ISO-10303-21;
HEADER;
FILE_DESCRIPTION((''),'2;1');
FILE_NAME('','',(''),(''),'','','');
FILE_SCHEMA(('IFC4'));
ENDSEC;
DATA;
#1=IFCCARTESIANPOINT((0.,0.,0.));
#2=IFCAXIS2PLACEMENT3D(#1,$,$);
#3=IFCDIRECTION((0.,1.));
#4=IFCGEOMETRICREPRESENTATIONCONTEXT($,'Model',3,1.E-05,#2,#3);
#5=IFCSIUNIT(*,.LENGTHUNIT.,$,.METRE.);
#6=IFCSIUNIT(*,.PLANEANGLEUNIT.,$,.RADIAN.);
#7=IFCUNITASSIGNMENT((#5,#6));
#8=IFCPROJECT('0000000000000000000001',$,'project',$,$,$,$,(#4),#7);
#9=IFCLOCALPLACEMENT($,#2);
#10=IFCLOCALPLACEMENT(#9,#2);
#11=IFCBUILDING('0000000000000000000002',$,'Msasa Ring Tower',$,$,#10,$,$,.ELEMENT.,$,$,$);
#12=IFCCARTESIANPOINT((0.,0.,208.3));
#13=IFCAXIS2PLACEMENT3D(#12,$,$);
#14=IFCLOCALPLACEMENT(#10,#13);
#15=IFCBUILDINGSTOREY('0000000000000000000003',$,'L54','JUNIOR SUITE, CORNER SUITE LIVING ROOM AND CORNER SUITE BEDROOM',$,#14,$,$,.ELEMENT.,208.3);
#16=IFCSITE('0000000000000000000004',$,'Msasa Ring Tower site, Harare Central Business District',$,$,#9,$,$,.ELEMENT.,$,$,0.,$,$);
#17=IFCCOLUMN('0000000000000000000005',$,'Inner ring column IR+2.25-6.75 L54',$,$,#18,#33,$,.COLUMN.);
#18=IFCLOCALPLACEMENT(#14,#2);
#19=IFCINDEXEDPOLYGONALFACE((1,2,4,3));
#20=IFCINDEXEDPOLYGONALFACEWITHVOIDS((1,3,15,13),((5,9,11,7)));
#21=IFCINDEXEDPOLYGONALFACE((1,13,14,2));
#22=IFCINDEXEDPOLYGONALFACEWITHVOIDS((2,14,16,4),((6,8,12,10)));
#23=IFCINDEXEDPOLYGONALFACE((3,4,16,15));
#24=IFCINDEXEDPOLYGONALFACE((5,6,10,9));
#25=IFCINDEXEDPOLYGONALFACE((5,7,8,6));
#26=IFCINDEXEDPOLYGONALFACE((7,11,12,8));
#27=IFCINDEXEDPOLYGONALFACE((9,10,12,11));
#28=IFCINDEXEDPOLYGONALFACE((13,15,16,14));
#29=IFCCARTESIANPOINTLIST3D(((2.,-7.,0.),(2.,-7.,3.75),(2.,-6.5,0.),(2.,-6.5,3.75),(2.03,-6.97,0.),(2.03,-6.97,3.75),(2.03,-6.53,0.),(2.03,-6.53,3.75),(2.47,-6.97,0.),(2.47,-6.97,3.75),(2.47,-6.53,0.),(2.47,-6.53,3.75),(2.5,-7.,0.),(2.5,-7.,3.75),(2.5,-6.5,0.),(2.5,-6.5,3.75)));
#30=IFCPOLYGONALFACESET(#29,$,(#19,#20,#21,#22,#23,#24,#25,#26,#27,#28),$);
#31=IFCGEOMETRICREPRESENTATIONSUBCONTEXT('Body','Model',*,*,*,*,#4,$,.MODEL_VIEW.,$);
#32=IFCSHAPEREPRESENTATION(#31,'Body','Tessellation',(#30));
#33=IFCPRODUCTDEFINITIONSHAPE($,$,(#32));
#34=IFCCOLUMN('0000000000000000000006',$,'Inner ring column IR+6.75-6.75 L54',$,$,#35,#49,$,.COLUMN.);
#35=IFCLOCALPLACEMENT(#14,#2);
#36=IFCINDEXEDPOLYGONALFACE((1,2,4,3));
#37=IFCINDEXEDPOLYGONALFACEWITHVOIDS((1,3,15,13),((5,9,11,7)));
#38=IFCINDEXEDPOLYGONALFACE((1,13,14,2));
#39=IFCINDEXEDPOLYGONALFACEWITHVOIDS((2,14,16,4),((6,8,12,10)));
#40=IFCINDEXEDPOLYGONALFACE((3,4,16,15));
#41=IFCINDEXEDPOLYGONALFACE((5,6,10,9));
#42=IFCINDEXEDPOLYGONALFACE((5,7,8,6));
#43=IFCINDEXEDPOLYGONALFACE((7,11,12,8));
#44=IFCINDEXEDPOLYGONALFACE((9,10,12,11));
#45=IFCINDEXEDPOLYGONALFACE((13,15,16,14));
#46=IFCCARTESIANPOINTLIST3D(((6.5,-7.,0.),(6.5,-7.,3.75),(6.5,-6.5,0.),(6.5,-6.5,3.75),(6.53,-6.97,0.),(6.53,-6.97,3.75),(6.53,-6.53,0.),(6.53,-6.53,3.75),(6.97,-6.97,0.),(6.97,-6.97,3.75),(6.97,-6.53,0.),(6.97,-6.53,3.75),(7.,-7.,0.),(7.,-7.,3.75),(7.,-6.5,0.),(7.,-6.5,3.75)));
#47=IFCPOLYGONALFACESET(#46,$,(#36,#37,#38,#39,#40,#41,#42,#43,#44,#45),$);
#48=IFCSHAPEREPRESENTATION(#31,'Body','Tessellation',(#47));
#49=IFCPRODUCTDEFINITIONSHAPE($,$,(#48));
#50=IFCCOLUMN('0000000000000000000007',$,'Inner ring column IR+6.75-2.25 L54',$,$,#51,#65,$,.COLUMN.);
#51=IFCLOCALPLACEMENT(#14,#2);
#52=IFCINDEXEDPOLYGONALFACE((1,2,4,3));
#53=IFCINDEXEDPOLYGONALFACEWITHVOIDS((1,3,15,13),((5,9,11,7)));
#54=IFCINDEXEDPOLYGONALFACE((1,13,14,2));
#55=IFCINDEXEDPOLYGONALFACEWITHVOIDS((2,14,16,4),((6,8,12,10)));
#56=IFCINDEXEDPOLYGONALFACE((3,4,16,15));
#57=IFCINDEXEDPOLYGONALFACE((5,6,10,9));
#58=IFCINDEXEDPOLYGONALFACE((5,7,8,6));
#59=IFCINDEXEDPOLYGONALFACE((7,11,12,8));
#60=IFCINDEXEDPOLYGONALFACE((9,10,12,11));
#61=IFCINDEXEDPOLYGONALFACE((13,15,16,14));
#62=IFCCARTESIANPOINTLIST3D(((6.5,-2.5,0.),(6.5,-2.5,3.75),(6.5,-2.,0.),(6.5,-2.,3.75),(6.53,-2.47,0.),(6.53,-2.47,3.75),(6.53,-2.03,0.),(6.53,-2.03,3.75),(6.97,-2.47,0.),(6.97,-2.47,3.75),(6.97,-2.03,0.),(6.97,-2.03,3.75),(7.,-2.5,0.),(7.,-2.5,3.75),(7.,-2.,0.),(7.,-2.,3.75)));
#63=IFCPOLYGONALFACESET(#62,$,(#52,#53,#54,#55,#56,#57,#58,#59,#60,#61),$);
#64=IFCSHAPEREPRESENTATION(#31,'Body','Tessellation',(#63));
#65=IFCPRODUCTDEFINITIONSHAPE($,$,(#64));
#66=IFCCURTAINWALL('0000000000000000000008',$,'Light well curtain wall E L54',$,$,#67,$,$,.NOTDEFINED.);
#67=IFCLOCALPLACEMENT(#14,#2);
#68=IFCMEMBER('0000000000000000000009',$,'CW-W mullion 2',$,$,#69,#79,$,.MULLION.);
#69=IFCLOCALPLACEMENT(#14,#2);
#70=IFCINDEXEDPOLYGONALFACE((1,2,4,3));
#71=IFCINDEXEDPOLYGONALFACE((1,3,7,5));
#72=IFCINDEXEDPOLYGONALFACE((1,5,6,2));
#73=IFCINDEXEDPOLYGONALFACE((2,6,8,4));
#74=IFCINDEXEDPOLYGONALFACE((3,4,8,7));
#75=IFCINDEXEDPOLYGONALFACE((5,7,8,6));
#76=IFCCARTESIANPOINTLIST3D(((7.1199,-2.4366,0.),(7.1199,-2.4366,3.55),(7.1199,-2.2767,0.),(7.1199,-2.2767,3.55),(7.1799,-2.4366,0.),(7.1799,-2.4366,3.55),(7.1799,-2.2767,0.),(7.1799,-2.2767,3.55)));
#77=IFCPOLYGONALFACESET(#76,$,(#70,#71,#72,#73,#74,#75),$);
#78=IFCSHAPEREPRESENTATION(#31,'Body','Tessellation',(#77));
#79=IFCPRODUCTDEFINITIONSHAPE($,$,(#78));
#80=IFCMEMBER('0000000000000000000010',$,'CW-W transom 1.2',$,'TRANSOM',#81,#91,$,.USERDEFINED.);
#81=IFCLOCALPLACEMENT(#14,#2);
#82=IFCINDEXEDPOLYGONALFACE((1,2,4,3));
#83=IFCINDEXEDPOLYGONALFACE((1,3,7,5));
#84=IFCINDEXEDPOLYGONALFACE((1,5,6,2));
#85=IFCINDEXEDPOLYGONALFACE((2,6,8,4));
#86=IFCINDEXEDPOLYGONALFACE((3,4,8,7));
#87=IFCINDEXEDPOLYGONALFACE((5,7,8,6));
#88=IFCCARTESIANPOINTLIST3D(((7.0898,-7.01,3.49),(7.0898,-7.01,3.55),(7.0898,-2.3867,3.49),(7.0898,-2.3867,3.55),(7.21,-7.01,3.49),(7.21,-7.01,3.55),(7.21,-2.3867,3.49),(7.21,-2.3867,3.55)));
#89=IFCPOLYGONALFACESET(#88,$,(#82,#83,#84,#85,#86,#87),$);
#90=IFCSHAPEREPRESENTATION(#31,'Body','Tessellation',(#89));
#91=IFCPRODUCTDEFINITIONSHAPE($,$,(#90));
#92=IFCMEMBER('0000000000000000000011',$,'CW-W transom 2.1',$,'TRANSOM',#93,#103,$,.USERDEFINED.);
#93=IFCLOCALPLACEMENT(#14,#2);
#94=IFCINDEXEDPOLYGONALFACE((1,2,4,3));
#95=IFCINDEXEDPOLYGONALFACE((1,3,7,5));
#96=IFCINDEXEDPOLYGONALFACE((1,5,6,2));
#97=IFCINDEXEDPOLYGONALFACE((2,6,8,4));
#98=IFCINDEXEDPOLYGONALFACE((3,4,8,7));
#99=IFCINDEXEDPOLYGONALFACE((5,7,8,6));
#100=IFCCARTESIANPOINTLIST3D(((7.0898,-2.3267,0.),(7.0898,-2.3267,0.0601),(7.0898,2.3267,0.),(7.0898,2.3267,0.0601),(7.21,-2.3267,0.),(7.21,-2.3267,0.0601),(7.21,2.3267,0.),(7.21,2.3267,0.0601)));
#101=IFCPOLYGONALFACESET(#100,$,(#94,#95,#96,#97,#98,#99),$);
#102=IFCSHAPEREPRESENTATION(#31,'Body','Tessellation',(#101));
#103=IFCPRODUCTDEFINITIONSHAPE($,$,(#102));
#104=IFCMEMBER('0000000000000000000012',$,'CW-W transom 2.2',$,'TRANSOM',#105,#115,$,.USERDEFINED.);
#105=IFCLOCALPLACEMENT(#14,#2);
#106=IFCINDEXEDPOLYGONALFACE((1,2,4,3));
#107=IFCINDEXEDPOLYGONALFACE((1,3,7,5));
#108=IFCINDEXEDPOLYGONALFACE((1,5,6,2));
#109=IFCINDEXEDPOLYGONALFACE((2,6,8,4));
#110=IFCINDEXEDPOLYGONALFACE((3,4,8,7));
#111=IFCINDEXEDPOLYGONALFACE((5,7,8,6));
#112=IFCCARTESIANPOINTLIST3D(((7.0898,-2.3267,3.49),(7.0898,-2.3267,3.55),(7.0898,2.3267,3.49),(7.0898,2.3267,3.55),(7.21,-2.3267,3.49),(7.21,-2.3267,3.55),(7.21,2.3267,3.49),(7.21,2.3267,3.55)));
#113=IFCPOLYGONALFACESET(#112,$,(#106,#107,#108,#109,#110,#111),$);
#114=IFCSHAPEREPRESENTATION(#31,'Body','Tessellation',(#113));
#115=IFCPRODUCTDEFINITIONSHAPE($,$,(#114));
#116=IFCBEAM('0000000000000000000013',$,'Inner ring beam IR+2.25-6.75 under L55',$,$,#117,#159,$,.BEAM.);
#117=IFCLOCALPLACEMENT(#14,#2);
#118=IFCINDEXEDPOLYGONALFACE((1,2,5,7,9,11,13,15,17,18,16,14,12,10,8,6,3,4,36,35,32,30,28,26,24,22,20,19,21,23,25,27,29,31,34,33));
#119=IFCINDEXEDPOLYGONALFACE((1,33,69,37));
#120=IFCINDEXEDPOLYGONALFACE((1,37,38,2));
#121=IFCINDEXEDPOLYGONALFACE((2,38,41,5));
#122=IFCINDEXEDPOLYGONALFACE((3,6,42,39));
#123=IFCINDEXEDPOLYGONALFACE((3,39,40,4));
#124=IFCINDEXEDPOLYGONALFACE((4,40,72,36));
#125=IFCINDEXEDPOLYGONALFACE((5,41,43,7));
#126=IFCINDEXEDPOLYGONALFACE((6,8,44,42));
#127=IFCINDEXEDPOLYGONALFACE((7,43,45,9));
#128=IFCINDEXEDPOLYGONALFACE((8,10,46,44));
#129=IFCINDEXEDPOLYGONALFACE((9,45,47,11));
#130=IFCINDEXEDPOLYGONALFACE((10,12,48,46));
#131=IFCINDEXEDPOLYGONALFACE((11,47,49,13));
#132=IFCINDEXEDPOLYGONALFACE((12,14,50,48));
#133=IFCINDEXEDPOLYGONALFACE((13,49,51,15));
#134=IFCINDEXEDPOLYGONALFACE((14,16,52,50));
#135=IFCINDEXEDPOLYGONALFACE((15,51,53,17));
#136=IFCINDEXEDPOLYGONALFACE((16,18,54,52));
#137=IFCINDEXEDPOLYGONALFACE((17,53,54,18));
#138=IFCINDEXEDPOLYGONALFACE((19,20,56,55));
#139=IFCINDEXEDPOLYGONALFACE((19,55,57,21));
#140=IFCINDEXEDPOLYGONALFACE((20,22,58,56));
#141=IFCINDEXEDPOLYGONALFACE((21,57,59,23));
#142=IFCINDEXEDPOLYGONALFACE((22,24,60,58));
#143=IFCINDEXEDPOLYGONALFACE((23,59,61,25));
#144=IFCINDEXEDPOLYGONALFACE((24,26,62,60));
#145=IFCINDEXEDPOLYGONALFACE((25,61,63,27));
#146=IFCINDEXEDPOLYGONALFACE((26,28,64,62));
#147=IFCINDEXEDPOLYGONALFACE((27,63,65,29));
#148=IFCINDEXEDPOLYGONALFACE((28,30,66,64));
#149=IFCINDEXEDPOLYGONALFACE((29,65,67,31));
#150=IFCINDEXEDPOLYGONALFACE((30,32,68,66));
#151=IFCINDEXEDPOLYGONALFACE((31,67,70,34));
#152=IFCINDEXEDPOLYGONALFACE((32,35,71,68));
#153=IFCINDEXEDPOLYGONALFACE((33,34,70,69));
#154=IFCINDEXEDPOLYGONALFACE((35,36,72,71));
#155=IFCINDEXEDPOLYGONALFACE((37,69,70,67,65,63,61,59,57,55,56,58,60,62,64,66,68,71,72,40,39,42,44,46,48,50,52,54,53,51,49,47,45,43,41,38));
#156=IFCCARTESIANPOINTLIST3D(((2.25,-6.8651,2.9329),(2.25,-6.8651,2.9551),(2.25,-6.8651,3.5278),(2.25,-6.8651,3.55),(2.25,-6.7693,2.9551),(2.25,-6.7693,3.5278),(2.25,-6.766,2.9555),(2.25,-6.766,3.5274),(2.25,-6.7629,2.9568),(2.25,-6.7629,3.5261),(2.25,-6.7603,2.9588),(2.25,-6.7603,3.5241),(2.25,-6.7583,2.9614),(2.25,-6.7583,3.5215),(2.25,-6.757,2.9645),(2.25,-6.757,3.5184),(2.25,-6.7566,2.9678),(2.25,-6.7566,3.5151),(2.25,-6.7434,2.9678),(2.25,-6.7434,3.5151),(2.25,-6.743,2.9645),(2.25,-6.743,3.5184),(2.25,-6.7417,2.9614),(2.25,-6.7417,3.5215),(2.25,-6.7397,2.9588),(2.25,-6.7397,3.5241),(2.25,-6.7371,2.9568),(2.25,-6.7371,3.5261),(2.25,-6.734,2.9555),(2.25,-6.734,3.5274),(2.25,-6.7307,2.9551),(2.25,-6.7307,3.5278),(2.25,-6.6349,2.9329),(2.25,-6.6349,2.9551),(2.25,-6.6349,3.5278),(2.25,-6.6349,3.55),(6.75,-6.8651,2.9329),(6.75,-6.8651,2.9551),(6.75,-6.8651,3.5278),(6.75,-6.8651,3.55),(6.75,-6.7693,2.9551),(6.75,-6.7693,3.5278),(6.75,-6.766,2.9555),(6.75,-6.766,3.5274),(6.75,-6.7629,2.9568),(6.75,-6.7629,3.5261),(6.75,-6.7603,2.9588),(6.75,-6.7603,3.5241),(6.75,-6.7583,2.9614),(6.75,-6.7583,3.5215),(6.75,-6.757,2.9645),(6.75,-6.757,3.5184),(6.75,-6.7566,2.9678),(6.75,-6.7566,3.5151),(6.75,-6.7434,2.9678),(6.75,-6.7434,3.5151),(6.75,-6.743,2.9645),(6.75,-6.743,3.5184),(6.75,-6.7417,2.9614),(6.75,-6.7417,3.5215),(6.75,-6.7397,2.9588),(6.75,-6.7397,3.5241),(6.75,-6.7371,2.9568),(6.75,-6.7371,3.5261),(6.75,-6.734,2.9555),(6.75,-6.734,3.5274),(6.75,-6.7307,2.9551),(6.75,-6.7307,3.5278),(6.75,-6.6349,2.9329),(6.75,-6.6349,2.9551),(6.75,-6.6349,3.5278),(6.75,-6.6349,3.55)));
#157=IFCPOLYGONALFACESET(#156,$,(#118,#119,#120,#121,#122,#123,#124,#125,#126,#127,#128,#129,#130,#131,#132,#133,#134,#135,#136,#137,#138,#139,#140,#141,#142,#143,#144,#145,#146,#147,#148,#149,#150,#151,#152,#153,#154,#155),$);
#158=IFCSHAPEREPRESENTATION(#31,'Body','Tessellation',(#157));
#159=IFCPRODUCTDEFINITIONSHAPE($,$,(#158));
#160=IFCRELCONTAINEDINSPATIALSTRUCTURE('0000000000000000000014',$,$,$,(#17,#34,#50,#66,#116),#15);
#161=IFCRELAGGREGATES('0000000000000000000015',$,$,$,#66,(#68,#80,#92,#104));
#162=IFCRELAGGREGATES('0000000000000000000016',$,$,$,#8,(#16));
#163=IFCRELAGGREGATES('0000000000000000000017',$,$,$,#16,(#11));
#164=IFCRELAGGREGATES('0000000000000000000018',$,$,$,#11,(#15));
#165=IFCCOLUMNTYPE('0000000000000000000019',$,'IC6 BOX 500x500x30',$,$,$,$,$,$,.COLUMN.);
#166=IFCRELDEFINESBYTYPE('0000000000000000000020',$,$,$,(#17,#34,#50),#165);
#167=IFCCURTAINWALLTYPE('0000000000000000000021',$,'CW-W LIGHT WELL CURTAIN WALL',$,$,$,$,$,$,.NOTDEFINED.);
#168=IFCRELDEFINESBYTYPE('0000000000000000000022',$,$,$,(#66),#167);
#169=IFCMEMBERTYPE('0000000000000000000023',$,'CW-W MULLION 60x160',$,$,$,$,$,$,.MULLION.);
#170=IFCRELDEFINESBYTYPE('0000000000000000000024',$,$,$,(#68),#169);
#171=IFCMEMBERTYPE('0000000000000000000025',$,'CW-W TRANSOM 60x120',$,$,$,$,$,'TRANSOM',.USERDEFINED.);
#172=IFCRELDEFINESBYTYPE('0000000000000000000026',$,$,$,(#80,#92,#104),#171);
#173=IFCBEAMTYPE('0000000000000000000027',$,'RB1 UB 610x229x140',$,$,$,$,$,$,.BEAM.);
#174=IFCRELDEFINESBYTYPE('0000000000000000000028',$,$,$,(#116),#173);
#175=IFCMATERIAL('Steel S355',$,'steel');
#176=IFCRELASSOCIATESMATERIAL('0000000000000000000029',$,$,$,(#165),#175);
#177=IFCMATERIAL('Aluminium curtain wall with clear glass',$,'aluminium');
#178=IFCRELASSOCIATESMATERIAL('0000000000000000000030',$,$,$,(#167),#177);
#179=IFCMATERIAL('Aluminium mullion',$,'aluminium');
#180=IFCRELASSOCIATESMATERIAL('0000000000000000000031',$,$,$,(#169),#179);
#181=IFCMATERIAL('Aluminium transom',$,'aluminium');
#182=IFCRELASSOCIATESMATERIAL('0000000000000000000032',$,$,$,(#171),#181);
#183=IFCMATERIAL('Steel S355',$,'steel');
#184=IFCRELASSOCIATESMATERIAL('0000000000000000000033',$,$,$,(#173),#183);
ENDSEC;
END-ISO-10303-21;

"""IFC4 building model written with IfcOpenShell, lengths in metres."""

from ifc_helpers import new_model, si_unit, direction, frame, origin, origin_2d, place, context, subcontext, project, spatial, rectangle, hollow_rectangle, i_section, extrude, material, material_profile, profile_set, type_object, element, aggregate, save


model = new_model("IFC4")

# Units and contexts
model_context = context("Model", 3, precision=1e-05, world=origin(), true_north=direction((0.0, 1.0)))
body_context = subcontext(model_context, "Body", "Model", "MODEL_VIEW")
ifc_project = project(units=[si_unit("LENGTHUNIT", "METRE"), si_unit("PLANEANGLEUNIT", "RADIAN")], contexts=[model_context])

# Site, building, storey
site_placement = place(None, origin())
site = spatial("IfcSite", under=ifc_project, at=site_placement, Name="Msasa Ring Tower site, Harare Central Business District", CompositionType="ELEMENT", RefElevation=0.0)
building_placement = place(site_placement, origin())
building = spatial("IfcBuilding", under=site, at=building_placement, Name="Msasa Ring Tower", CompositionType="ELEMENT")
storey_placement = place(building_placement, frame((0.0, 0.0, 208.3)))
storey = spatial("IfcBuildingStorey", under=building, at=storey_placement, Name="L54", Description="JUNIOR SUITE, CORNER SUITE LIVING ROOM AND CORNER SUITE BEDROOM", CompositionType="ELEMENT", Elevation=208.3)

# Columns
ifc_material_1 = material(Name="Steel S355", Category="steel")
ifc_material_profile_1 = material_profile(ifc_material_1, hollow_rectangle(XDim=0.5, YDim=0.5, WallThickness=0.03, at=origin_2d()), Name="BOX 500x500x30")
ifc_profile_set_1 = profile_set([ifc_material_profile_1], Name="Steel S355")
column_type = type_object("IfcColumnType", Name="IC6 BOX 500x500x30", PredefinedType="COLUMN", material=ifc_profile_set_1)
for number, where, z_axis, x_axis, name in (
    (1, (2.25, -6.75, 0.0), (0.0, 0.0, 1.0), (1.0, 0.0, 0.0), "Inner ring column IR+2.25-6.75 L54"),
    (2, (6.75, -6.75, 0.0), (0.0, 0.0, 1.0), (1.0, 0.0, 0.0), "Inner ring column IR+6.75-6.75 L54"),
    (3, (6.75, -2.25, 0.0), (0.0, 0.0, 1.0), (1.0, 0.0, 0.0), "Inner ring column IR+6.75-2.25 L54"),
):
    element("IfcColumn", number, at=place(storey_placement, frame(where, z_axis=z_axis, x_axis=x_axis)), inside=storey, type_object=column_type, Name=name, PredefinedType="COLUMN", context=body_context, shape_type="SweptSolid", body=[
        extrude(hollow_rectangle(XDim=0.5, YDim=0.5, WallThickness=0.03, at=origin_2d()), origin(), (0.0, 0.0, 1.0), 3.75),
    ])

# Curtain wall, members
ifc_material_2 = material(Name="Aluminium curtain wall with clear glass", Category="aluminium")
curtain_wall_type = type_object("IfcCurtainWallType", Name="CW-W LIGHT WELL CURTAIN WALL", PredefinedType="NOTDEFINED", material=ifc_material_2)
curtain_wall_placement = place(storey_placement, origin())
curtain_wall = element("IfcCurtainWall", 4, at=curtain_wall_placement, inside=storey, type_object=curtain_wall_type, Name="Light well curtain wall E L54", PredefinedType="NOTDEFINED")
ifc_material_3 = material(Name="Aluminium mullion", Category="aluminium")
ifc_material_profile_2 = material_profile(ifc_material_3, rectangle(XDim=0.0601, YDim=0.1599, at=origin_2d()), Name="AL 60x160")
ifc_profile_set_2 = profile_set([ifc_material_profile_2], Name="Aluminium mullion")
member_type_1 = type_object("IfcMemberType", Name="CW-W MULLION 60x160", PredefinedType="MULLION", material=ifc_profile_set_2)
member_1_placement = place(storey_placement, frame((7.1499, -2.3567, 0.0), z_axis=(0.0, 0.0, 1.0), x_axis=(-1.0, 0.0, 0.0)))
member_1 = element("IfcMember", 5, at=member_1_placement, type_object=member_type_1, Name="CW-W mullion 2", PredefinedType="MULLION", context=body_context, shape_type="SweptSolid", body=[
    extrude(rectangle(XDim=0.0601, YDim=0.1599, at=origin_2d()), origin(), (0.0, 0.0, 1.0), 3.55),
])
ifc_material_4 = material(Name="Aluminium transom", Category="aluminium")
ifc_material_profile_3 = material_profile(ifc_material_4, rectangle(XDim=0.1201, YDim=0.0601, at=origin_2d()), Name="AL 60x120")
ifc_profile_set_3 = profile_set([ifc_material_profile_3], Name="Aluminium transom")
member_type_2 = type_object("IfcMemberType", Name="CW-W TRANSOM 60x120", ElementType="TRANSOM", PredefinedType="USERDEFINED", material=ifc_profile_set_3)
member_2_placement = place(storey_placement, frame((7.1499, -7.01, 3.52), z_axis=(0.0, 1.0, 0.0), x_axis=(-1.0, 0.0, 0.0)))
member_2 = element("IfcMember", 6, at=member_2_placement, type_object=member_type_2, Name="CW-W transom 1.2", ObjectType="TRANSOM", PredefinedType="USERDEFINED", context=body_context, shape_type="SweptSolid", body=[
    extrude(rectangle(XDim=0.1201, YDim=0.0601, at=origin_2d()), origin(), (0.0, 0.0, 1.0), 4.6233),
])
member_3_placement = place(storey_placement, frame((7.1499, -2.3267, 0.03), z_axis=(0.0, 1.0, 0.0), x_axis=(-1.0, 0.0, 0.0)))
member_3 = element("IfcMember", 7, at=member_3_placement, type_object=member_type_2, Name="CW-W transom 2.1", ObjectType="TRANSOM", PredefinedType="USERDEFINED", context=body_context, shape_type="SweptSolid", body=[
    extrude(rectangle(XDim=0.1201, YDim=0.0601, at=origin_2d()), origin(), (0.0, 0.0, 1.0), 4.6533),
])
member_4_placement = place(storey_placement, frame((7.1499, -2.3267, 3.52), z_axis=(0.0, 1.0, 0.0), x_axis=(-1.0, 0.0, 0.0)))
member_4 = element("IfcMember", 8, at=member_4_placement, type_object=member_type_2, Name="CW-W transom 2.2", ObjectType="TRANSOM", PredefinedType="USERDEFINED", context=body_context, shape_type="SweptSolid", body=[
    extrude(rectangle(XDim=0.1201, YDim=0.0601, at=origin_2d()), origin(), (0.0, 0.0, 1.0), 4.6533),
])

# Beam
ifc_material_5 = material(Name="Steel S355", Category="steel")
ifc_material_profile_4 = material_profile(ifc_material_5, i_section(OverallWidth=0.2302, OverallDepth=0.6172, WebThickness=0.0132, FlangeThickness=0.0222, FilletRadius=0.0127, at=origin_2d()), Name="UB 610x229x140")
ifc_profile_set_4 = profile_set([ifc_material_profile_4], Name="Steel S355")
beam_type = type_object("IfcBeamType", Name="RB1 UB 610x229x140", PredefinedType="BEAM", material=ifc_profile_set_4)
for number, where, z_axis, x_axis, name in (
    (9, (2.25, -6.75, 3.2415), (1.0, 0.0, 0.0), (0.0, 1.0, 0.0), "Inner ring beam IR+2.25-6.75 under L55"),
):
    element("IfcBeam", number, at=place(storey_placement, frame(where, z_axis=z_axis, x_axis=x_axis)), inside=storey, type_object=beam_type, Name=name, PredefinedType="BEAM", context=body_context, shape_type="SweptSolid", body=[
        extrude(i_section(OverallWidth=0.2302, OverallDepth=0.6172, WebThickness=0.0132, FlangeThickness=0.0222, FilletRadius=0.0127, at=origin_2d()), origin(), (0.0, 0.0, 1.0), 4.5),
    ])

aggregate(curtain_wall, [member_1, member_2, member_3, member_4])

save(model, "model.ifc")
